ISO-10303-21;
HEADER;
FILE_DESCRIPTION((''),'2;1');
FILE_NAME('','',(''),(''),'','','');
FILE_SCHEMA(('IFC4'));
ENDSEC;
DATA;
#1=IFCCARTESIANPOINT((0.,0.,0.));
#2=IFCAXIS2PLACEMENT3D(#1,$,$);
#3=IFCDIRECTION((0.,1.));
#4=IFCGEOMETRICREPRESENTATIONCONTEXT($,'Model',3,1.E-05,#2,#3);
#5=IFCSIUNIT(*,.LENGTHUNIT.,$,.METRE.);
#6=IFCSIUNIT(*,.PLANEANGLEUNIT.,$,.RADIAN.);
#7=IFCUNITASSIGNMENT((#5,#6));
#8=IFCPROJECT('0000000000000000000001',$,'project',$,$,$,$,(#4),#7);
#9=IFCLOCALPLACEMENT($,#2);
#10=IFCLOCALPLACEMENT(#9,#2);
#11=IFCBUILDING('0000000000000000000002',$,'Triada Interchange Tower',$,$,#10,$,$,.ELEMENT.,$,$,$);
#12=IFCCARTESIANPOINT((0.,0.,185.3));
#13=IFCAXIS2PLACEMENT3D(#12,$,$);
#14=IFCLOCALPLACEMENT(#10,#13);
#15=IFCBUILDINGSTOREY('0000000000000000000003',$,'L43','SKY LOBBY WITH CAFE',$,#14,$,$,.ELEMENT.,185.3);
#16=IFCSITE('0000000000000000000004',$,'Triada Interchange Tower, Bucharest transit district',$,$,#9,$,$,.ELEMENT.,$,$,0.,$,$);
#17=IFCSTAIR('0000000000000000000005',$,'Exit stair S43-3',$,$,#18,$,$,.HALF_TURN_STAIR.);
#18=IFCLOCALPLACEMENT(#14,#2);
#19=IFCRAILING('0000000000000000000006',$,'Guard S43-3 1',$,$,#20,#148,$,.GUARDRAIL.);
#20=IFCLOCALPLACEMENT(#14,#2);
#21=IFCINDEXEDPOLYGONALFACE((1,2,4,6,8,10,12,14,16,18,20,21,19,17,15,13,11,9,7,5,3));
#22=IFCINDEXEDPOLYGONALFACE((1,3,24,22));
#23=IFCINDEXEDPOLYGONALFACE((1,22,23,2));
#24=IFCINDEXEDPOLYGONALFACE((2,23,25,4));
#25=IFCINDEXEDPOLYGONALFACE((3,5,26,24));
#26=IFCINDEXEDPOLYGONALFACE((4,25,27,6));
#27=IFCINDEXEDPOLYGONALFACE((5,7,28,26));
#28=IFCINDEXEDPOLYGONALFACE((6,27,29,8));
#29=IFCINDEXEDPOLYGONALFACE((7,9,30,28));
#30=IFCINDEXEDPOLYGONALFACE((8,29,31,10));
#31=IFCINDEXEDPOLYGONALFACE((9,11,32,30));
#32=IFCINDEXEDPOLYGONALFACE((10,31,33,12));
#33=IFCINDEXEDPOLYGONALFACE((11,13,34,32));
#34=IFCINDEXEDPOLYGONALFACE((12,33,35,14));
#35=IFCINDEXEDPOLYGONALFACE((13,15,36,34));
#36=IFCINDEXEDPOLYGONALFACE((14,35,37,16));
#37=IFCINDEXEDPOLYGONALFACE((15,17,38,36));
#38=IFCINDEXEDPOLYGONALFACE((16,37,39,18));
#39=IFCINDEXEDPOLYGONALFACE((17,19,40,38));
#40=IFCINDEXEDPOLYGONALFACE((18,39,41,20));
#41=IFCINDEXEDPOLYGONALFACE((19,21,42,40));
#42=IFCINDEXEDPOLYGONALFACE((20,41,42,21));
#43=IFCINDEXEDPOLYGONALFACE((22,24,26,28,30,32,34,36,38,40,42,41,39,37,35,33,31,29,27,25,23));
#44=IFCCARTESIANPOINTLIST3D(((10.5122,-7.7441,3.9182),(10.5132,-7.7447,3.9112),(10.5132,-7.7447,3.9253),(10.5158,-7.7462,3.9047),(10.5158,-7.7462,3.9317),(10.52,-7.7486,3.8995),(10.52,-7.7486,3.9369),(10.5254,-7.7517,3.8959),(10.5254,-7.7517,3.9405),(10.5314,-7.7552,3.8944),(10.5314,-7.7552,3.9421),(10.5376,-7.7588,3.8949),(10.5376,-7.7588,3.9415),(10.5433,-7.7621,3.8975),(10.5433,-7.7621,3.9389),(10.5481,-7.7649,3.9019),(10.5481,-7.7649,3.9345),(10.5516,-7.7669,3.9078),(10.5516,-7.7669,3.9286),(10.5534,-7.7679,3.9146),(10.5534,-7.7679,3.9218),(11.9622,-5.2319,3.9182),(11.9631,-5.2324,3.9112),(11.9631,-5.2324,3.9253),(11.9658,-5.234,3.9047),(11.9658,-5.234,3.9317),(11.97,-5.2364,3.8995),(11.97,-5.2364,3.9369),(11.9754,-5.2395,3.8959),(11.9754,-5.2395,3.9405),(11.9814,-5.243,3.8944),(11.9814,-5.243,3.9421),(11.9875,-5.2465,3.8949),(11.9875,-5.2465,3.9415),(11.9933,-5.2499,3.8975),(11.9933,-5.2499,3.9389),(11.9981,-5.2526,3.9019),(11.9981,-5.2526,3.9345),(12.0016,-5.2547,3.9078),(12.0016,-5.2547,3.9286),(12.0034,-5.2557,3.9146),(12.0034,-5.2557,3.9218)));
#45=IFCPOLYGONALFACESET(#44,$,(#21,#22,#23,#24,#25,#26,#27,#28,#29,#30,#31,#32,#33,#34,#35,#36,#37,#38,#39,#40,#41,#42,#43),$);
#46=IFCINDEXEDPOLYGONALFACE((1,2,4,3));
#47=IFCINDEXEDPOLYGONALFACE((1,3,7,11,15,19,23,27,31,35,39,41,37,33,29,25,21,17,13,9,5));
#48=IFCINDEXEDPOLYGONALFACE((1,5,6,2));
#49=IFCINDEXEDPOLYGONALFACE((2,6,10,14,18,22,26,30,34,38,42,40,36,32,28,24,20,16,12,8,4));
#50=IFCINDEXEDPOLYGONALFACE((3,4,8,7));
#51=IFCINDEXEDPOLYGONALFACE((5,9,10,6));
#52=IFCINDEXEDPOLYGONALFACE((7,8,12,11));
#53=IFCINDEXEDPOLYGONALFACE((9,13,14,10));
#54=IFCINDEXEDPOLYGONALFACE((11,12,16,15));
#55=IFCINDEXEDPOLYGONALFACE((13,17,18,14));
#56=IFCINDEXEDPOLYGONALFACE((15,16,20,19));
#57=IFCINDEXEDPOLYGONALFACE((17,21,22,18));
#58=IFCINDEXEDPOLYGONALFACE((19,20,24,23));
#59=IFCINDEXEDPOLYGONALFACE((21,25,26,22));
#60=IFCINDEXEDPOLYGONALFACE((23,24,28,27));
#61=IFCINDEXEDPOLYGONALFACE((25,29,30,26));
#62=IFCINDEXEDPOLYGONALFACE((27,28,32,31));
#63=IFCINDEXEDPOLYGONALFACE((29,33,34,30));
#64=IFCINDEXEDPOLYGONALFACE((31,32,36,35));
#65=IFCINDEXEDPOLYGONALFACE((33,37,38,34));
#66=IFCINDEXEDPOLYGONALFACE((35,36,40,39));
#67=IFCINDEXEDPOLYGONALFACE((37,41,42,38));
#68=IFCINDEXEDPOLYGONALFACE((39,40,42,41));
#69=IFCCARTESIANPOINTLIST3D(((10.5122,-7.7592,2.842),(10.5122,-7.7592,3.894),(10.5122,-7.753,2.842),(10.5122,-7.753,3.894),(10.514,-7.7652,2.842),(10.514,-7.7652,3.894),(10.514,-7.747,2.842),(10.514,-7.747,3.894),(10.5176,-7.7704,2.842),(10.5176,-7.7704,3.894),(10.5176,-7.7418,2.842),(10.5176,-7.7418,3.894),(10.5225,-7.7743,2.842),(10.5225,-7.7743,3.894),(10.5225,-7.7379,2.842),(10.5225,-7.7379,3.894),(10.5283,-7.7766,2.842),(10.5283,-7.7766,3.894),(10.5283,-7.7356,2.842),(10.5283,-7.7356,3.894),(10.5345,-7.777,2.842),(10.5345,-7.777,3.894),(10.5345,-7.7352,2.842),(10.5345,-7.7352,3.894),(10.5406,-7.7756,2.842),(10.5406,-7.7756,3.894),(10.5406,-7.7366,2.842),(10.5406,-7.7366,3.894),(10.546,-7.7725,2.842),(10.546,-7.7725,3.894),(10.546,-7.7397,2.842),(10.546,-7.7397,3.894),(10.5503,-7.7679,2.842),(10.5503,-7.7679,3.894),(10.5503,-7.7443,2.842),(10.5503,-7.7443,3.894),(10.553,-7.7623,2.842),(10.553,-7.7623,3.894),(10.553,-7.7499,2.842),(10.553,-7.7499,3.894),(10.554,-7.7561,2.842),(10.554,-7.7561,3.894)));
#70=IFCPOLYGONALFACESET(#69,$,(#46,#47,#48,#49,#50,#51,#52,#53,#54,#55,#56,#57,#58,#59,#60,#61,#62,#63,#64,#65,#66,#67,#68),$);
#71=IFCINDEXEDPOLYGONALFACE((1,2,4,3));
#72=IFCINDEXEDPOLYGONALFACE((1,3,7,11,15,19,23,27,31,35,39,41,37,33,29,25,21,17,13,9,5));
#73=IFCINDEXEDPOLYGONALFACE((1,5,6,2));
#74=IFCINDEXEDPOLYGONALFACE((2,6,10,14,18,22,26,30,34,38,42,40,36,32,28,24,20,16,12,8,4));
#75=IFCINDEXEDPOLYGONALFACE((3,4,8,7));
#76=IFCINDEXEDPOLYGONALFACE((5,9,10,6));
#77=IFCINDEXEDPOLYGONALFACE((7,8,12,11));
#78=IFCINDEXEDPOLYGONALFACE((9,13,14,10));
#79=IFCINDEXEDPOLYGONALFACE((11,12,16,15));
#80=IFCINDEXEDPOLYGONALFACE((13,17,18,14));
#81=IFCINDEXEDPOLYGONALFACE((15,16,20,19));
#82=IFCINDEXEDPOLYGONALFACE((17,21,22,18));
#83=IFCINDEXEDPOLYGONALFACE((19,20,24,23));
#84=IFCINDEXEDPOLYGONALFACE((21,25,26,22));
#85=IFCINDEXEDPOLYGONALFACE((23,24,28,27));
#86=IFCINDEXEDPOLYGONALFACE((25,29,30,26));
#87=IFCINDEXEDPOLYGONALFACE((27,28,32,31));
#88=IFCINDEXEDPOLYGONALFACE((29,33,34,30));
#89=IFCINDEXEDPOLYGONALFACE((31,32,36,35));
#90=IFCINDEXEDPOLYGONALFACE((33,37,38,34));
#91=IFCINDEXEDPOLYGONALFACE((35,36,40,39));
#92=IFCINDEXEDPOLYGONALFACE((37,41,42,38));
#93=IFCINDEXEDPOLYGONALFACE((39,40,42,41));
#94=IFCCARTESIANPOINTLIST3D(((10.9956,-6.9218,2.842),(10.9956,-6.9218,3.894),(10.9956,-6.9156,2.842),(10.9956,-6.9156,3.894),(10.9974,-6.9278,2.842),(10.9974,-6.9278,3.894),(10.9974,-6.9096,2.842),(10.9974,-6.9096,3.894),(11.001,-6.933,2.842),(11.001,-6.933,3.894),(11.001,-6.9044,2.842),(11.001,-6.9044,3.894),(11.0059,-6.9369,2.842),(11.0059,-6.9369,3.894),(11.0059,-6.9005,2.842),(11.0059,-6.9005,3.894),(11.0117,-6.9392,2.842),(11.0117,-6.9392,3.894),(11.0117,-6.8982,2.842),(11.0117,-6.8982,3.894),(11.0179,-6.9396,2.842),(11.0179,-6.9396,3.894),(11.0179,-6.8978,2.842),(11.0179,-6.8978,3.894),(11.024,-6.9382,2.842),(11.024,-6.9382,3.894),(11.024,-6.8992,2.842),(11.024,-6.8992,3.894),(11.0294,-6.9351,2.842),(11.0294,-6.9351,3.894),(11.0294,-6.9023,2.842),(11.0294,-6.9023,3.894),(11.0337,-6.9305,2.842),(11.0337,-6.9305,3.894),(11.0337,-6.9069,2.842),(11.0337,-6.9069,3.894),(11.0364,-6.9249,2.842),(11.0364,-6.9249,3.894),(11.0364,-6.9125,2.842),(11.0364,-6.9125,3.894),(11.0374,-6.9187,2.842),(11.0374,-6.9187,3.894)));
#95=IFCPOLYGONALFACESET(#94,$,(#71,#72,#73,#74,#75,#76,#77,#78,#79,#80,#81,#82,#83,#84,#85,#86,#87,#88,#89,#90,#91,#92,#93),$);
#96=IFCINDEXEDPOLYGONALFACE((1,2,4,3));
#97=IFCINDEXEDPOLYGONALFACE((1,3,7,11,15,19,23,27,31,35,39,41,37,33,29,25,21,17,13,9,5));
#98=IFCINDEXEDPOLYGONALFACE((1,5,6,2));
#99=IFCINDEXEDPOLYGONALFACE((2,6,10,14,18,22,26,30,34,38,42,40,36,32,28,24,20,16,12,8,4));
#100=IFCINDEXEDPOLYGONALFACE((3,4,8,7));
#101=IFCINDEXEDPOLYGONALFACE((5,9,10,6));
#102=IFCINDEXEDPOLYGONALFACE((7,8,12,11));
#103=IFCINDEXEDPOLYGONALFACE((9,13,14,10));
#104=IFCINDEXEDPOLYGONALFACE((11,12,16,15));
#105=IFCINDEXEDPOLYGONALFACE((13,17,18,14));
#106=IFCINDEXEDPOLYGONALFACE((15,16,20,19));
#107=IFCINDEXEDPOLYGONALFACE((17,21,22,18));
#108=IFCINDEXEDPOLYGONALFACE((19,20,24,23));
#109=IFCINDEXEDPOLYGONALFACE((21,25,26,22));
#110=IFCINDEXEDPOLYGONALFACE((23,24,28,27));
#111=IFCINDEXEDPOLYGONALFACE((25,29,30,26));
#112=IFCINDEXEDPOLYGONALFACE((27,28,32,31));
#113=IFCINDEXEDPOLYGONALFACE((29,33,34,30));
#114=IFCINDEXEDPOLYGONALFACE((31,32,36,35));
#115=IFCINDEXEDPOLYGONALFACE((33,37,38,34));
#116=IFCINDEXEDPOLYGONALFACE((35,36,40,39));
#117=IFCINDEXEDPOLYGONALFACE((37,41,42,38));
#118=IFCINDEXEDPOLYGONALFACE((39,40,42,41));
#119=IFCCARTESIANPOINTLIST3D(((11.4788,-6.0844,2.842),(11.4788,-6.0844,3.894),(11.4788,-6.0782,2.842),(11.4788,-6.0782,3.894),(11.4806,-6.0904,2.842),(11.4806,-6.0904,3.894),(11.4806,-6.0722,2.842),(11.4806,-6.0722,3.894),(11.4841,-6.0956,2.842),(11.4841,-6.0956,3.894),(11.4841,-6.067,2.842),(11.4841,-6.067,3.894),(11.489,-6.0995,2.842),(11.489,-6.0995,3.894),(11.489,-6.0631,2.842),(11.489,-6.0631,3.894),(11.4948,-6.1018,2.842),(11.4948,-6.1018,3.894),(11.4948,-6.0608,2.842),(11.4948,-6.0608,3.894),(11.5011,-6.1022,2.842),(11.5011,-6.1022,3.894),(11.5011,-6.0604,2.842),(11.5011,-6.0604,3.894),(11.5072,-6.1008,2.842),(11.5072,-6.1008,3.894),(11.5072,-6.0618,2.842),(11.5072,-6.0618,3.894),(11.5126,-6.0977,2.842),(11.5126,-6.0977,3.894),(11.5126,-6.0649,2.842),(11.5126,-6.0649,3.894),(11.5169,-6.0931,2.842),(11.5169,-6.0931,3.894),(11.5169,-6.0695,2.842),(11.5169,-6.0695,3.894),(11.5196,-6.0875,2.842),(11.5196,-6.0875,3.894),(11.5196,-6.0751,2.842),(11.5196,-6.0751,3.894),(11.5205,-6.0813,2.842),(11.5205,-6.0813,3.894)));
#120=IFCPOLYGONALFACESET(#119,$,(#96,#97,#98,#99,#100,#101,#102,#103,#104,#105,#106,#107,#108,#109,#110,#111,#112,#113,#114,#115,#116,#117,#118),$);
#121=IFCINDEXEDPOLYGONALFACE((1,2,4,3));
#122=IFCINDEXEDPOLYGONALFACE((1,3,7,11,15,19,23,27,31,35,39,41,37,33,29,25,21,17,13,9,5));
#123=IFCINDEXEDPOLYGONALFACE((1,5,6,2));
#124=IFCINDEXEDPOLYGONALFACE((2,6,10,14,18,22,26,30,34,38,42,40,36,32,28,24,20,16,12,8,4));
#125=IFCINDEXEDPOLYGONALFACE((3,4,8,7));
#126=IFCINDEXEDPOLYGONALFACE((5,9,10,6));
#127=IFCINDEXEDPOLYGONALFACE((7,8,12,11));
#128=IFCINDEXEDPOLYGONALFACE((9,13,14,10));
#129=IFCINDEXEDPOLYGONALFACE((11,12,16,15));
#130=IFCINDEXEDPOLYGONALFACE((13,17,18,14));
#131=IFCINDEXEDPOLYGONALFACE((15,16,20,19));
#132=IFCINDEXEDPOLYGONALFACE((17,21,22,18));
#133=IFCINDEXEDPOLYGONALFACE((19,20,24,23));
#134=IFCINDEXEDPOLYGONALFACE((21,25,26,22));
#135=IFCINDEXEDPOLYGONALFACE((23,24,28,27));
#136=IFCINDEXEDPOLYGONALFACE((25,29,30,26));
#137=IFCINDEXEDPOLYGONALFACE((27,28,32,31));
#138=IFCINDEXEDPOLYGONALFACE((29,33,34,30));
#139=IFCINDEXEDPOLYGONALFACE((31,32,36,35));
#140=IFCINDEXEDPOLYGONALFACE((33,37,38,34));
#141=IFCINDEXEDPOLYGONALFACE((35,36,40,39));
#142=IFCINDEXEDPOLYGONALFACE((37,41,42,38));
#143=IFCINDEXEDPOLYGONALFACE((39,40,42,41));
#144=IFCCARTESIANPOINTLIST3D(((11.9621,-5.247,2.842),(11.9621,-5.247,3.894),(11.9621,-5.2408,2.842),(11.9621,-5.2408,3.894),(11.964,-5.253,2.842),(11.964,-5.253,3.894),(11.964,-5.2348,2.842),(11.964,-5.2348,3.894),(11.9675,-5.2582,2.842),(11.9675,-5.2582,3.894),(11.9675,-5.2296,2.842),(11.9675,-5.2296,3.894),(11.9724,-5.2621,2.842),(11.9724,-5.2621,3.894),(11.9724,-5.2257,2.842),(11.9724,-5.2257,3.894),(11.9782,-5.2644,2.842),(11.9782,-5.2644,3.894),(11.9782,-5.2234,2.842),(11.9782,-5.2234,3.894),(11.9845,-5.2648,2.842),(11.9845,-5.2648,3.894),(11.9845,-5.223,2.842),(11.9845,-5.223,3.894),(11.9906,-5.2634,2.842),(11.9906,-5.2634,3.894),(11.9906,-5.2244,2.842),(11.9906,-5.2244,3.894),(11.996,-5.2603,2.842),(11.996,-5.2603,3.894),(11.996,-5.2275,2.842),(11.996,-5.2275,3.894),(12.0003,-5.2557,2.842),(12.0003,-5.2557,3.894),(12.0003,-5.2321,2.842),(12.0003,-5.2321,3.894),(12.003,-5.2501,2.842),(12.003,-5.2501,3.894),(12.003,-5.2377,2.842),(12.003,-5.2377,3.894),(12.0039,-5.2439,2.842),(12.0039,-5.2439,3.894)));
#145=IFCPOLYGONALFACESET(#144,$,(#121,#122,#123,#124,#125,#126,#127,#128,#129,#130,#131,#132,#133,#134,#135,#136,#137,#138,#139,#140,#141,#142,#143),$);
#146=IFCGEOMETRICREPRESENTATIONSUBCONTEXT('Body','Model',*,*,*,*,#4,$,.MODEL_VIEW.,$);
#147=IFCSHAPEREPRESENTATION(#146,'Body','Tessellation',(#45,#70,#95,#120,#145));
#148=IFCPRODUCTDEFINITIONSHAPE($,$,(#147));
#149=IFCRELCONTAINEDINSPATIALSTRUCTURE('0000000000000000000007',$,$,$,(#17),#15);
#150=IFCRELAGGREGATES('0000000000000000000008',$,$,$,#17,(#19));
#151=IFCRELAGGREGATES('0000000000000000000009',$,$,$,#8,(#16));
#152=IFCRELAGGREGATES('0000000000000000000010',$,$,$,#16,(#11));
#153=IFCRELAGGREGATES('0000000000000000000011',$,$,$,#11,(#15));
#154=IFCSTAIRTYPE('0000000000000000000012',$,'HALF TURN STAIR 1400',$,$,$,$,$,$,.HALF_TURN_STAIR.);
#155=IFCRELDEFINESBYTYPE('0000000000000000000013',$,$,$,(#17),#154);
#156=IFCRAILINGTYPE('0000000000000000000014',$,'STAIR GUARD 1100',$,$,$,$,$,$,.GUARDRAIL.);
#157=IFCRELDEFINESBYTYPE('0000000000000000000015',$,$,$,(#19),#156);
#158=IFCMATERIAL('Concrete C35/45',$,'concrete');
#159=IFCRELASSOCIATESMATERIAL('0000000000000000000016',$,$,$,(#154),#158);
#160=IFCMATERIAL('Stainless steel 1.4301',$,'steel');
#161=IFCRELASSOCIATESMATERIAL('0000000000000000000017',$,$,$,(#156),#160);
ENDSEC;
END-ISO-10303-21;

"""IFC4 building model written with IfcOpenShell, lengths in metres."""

from ifc_helpers import new_model, si_unit, direction, frame, origin, origin_2d, place, context, subcontext, project, spatial, circle, extrude, material, type_object, element, aggregate, save


model = new_model("IFC4")

# Units and contexts
model_context = context("Model", 3, precision=1e-05, world=origin(), true_north=direction((0.0, 1.0)))
body_context = subcontext(model_context, "Body", "Model", "MODEL_VIEW")
ifc_project = project(units=[si_unit("LENGTHUNIT", "METRE"), si_unit("PLANEANGLEUNIT", "RADIAN")], contexts=[model_context])

# Site, building, storey
site_placement = place(None, origin())
site = spatial("IfcSite", under=ifc_project, at=site_placement, Name="Triada Interchange Tower, Bucharest transit district", CompositionType="ELEMENT", RefElevation=0.0)
building_placement = place(site_placement, origin())
building = spatial("IfcBuilding", under=site, at=building_placement, Name="Triada Interchange Tower", CompositionType="ELEMENT")
storey_placement = place(building_placement, frame((0.0, 0.0, 185.3)))
storey = spatial("IfcBuildingStorey", under=building, at=storey_placement, Name="L43", Description="SKY LOBBY WITH CAFE", CompositionType="ELEMENT", Elevation=185.3)

# Shared definitions
ifc_material_1 = material(Name="Concrete C35/45", Category="concrete")

# Stair
stair_type = type_object("IfcStairType", Name="HALF TURN STAIR 1400", PredefinedType="HALF_TURN_STAIR", material=ifc_material_1)
stair_placement = place(storey_placement, origin())
stair = element("IfcStair", 1, at=stair_placement, inside=storey, type_object=stair_type, Name="Exit stair S43-3", PredefinedType="HALF_TURN_STAIR")

# Railing
ifc_material_2 = material(Name="Stainless steel 1.4301", Category="steel")
railing_type_1 = type_object("IfcRailingType", Name="STAIR GUARD 1100", PredefinedType="GUARDRAIL", material=ifc_material_2)
railing_1_placement = place(storey_placement, frame((10.533, -7.7561, 2.842)))
railing_1 = element("IfcRailing", 2, at=railing_1_placement, type_object=railing_type_1, Name="Guard S43-3 1", PredefinedType="GUARDRAIL", context=body_context, shape_type="SweptSolid", body=[
    extrude(circle(Radius=0.0239, at=origin_2d()), frame((0.0, 0.0, 1.0762), z_axis=(0.499878, 0.866096, 0.0), x_axis=(-0.866096, 0.499878, 0.0)), (0.0, 0.0, 1.0), 2.9006),
    extrude(circle(Radius=0.021, at=origin_2d()), origin(), (0.0, 0.0, 1.0), 1.052),
    extrude(circle(Radius=0.021, at=origin_2d()), frame((0.4834, 0.8374, 0.0)), (0.0, 0.0, 1.0), 1.052),
    extrude(circle(Radius=0.021, at=origin_2d()), frame((0.9666, 1.6748, 0.0)), (0.0, 0.0, 1.0), 1.052),
    extrude(circle(Radius=0.021, at=origin_2d()), frame((1.45, 2.5122, 0.0)), (0.0, 0.0, 1.0), 1.052),
])
aggregate(stair, [railing_1])

save(model, "model.ifc")
